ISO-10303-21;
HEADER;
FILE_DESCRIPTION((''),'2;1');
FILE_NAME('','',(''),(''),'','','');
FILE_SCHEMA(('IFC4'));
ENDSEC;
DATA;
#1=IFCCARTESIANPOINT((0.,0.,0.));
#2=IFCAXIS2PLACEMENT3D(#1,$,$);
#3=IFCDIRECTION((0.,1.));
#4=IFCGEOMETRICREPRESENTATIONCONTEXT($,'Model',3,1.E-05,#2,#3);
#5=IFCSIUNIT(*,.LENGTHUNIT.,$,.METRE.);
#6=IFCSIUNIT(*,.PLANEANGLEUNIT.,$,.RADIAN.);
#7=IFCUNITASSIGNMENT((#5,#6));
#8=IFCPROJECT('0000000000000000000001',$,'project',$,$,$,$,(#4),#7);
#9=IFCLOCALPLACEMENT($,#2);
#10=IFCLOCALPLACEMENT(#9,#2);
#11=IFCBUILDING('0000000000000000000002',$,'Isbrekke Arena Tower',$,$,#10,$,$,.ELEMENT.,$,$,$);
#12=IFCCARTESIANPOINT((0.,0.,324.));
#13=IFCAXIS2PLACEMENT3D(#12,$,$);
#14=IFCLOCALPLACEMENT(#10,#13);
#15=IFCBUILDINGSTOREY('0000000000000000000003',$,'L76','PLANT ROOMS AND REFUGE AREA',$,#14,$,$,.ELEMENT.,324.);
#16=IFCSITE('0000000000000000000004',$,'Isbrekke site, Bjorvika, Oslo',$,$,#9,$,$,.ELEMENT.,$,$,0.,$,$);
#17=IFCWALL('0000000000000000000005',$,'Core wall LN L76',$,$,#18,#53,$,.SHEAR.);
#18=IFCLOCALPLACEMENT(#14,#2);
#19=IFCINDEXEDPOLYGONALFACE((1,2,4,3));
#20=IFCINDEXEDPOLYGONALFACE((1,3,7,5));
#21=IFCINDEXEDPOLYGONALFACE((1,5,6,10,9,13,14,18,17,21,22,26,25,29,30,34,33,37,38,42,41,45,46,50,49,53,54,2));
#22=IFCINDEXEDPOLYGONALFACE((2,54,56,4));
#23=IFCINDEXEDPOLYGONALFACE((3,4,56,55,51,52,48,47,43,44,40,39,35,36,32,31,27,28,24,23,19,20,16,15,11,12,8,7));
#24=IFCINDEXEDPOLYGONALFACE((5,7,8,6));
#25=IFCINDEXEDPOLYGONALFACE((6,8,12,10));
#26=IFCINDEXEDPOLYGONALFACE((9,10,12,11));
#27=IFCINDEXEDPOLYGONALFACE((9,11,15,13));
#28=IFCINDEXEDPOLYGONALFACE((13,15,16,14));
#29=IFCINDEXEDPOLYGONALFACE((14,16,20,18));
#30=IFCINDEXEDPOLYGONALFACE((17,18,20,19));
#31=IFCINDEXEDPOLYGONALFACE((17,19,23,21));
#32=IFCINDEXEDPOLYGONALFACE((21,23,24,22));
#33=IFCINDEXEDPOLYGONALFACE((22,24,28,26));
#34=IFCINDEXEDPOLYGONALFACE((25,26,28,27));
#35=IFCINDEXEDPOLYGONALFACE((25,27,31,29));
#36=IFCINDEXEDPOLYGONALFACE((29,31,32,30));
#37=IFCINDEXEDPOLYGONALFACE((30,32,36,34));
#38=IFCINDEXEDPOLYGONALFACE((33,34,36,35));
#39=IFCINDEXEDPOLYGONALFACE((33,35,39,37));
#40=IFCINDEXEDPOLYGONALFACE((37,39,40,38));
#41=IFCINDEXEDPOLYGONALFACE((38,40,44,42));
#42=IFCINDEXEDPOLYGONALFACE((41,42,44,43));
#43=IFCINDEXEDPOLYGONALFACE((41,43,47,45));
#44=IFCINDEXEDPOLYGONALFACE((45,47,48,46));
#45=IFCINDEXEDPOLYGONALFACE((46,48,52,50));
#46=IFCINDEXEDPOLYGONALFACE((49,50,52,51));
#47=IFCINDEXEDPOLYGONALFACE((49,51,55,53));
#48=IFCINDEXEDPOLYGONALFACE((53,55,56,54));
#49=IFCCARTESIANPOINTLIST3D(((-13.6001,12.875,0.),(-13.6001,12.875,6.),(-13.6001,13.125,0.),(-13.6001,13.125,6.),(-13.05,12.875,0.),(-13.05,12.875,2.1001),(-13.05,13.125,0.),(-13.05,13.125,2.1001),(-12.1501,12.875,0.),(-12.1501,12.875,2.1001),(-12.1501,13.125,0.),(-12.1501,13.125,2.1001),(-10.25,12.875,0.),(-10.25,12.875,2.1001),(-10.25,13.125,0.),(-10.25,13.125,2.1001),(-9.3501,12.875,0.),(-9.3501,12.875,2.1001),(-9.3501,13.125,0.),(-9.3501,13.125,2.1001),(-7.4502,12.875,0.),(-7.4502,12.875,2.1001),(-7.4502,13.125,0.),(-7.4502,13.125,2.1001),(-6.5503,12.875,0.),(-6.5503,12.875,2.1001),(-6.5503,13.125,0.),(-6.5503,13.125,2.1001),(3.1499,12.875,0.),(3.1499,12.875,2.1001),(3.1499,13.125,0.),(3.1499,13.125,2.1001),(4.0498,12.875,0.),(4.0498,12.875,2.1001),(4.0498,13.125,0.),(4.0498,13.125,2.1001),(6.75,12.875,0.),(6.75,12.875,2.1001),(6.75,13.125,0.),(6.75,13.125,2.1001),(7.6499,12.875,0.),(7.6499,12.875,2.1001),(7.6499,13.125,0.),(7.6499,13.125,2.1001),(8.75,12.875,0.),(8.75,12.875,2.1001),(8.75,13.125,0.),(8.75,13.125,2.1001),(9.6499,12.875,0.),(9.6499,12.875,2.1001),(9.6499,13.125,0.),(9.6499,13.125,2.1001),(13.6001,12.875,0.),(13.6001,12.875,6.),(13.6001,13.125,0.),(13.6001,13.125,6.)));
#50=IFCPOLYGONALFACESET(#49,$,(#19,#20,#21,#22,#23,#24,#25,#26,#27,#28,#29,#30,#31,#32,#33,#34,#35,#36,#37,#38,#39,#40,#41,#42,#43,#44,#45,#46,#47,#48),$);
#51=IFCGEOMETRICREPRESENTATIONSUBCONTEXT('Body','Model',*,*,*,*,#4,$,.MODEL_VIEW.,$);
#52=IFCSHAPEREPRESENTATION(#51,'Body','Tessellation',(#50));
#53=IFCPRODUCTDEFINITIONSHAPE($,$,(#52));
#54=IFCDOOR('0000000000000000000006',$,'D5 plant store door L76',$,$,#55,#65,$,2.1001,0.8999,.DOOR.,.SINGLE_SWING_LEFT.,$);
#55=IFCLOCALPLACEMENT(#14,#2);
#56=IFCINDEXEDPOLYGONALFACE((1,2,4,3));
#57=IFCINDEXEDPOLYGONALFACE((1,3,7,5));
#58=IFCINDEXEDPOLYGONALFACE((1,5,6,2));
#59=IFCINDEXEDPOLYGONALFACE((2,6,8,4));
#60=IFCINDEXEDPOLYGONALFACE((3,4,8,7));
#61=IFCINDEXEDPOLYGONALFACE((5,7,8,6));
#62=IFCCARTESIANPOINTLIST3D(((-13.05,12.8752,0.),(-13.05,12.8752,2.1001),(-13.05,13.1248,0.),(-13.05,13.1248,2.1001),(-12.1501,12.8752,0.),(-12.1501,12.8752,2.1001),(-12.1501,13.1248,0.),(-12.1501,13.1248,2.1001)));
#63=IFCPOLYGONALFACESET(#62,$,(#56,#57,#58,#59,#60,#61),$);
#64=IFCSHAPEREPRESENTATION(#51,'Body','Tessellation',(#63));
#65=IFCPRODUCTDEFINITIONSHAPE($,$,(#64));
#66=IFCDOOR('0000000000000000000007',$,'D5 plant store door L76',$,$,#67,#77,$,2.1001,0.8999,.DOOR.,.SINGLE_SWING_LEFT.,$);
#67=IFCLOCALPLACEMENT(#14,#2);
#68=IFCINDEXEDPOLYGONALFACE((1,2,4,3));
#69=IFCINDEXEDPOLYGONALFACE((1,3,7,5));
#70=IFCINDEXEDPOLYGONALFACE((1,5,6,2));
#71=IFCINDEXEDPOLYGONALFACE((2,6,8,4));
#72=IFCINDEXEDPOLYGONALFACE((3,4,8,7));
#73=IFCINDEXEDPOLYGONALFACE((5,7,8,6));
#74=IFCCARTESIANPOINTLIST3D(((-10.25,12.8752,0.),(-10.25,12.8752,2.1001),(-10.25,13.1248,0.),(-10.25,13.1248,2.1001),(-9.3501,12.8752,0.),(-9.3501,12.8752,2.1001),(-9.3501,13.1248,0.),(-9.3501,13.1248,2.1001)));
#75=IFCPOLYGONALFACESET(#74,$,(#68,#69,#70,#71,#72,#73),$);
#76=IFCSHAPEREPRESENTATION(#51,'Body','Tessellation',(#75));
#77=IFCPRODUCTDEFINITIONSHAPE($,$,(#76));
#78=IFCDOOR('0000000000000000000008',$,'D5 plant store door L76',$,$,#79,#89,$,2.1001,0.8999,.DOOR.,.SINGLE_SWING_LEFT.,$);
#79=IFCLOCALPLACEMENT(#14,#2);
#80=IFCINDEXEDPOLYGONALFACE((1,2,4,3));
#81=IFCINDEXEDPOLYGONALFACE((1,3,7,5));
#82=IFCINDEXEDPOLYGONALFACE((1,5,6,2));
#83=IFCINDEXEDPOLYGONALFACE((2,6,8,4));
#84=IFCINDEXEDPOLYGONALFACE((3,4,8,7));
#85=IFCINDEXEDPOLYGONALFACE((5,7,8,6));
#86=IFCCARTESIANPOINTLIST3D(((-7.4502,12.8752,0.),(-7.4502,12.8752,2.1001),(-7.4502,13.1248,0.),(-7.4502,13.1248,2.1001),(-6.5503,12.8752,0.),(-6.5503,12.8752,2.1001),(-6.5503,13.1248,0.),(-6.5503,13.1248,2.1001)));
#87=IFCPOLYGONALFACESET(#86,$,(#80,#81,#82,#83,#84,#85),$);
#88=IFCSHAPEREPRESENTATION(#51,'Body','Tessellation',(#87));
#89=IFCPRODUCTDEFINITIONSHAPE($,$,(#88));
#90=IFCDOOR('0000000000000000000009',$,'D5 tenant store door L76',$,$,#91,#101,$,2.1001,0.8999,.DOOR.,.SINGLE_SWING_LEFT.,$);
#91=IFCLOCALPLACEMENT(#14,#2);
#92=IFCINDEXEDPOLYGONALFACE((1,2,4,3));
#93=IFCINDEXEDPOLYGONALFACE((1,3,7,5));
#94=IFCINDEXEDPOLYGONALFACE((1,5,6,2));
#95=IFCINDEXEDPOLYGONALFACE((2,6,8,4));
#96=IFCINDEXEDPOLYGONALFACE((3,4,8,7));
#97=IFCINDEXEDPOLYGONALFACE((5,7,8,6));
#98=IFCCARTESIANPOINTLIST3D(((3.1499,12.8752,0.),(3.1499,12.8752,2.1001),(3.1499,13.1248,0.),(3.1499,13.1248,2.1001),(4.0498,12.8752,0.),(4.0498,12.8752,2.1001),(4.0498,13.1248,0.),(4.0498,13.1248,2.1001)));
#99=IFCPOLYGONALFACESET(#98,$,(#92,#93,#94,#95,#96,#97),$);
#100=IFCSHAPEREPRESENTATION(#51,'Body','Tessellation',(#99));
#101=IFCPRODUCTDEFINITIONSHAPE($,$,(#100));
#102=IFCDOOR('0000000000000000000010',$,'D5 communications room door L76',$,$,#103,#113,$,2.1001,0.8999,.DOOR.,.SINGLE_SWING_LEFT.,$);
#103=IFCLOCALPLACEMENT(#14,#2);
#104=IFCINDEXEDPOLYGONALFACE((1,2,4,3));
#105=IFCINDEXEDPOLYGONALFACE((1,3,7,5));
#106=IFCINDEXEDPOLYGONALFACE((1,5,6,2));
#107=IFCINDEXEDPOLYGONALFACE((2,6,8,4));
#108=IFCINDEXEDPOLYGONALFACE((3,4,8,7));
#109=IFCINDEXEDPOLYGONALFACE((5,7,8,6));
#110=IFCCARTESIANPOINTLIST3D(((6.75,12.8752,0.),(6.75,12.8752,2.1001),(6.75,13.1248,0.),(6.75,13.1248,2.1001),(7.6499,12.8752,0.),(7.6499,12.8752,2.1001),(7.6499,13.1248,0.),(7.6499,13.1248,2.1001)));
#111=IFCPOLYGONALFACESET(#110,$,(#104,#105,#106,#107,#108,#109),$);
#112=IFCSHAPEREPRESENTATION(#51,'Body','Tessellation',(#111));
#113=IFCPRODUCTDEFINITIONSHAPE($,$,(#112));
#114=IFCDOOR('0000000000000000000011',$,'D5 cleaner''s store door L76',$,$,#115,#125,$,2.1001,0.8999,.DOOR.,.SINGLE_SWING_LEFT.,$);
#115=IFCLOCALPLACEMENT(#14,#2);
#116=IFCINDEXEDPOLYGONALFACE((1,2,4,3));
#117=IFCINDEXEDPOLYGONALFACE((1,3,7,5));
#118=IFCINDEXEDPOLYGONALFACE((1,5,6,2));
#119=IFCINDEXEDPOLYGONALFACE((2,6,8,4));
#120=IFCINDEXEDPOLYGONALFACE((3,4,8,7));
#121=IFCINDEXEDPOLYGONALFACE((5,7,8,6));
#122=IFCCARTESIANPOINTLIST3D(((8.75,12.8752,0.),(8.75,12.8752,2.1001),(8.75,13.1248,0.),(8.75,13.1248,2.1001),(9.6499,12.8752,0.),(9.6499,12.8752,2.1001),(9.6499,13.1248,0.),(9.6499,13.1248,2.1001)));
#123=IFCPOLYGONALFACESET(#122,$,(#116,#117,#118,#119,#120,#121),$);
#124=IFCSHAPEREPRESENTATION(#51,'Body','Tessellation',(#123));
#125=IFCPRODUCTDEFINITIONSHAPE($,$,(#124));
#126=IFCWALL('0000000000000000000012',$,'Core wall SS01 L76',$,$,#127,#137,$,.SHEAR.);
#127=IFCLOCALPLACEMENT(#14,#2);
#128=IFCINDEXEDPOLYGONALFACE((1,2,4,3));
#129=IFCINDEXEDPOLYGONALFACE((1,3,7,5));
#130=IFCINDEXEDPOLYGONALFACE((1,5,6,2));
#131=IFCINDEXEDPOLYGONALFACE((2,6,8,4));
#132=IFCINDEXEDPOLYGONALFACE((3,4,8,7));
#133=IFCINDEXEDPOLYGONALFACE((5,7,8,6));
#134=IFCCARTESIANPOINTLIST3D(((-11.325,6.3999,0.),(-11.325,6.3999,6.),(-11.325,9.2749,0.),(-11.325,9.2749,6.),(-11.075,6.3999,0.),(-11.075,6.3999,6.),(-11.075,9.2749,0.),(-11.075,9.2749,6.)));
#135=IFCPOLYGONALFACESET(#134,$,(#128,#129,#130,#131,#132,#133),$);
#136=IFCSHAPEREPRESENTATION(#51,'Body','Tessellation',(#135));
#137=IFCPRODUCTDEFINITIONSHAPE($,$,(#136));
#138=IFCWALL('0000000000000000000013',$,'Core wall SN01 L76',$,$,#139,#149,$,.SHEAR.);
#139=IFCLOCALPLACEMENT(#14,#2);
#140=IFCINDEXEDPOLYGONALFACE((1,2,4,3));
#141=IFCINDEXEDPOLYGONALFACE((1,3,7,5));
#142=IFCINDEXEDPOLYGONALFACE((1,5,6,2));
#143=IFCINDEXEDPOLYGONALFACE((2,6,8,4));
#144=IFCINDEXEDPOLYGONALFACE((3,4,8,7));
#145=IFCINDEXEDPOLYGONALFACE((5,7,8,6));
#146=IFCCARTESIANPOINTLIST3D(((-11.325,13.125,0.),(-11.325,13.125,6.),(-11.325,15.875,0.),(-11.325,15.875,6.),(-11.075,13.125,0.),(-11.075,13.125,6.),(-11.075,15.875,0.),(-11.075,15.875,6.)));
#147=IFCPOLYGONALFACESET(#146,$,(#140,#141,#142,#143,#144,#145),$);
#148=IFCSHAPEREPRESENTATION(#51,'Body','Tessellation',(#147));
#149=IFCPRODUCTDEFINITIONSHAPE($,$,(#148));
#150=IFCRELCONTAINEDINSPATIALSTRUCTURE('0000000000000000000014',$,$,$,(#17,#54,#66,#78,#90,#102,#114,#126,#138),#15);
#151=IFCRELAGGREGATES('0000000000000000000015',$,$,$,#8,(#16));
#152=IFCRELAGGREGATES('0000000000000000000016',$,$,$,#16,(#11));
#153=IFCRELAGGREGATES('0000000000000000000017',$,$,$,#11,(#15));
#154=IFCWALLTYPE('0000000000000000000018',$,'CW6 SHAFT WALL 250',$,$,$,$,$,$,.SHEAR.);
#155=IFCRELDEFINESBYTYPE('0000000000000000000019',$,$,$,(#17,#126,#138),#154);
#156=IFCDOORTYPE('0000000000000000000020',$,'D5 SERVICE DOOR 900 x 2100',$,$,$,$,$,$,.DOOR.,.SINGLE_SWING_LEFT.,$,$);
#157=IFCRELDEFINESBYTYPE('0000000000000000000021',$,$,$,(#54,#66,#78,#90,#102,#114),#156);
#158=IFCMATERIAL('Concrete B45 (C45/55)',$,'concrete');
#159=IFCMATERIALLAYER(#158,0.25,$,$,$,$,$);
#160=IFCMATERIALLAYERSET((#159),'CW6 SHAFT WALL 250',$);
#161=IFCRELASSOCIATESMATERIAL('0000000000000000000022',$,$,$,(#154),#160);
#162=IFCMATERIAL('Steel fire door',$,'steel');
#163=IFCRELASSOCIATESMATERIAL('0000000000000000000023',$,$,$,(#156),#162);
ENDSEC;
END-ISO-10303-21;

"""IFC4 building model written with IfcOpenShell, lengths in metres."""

from ifc_helpers import new_model, si_unit, direction, frame, frame_2d, origin, place, context, subcontext, project, spatial, rectangle, extrude, material, layer, layer_set, type_object, element, fill, save


model = new_model("IFC4")

# Units and contexts
model_context = context("Model", 3, precision=1e-05, world=origin(), true_north=direction((0.0, 1.0)))
body_context = subcontext(model_context, "Body", "Model", "MODEL_VIEW")
ifc_project = project(units=[si_unit("LENGTHUNIT", "METRE"), si_unit("PLANEANGLEUNIT", "RADIAN")], contexts=[model_context])

# Site, building, storey
site_placement = place(None, origin())
site = spatial("IfcSite", under=ifc_project, at=site_placement, Name="Isbrekke site, Bjorvika, Oslo", CompositionType="ELEMENT", RefElevation=0.0)
building_placement = place(site_placement, origin())
building = spatial("IfcBuilding", under=site, at=building_placement, Name="Isbrekke Arena Tower", CompositionType="ELEMENT")
storey_placement = place(building_placement, frame((0.0, 0.0, 324.0)))
storey = spatial("IfcBuildingStorey", under=building, at=storey_placement, Name="L76", Description="PLANT ROOMS AND REFUGE AREA", CompositionType="ELEMENT", Elevation=324.0)

# Wall, openings, doors
ifc_material_1 = material(Name="Concrete B45 (C45/55)", Category="concrete")
ifc_layer_1 = layer(ifc_material_1, 0.25)
ifc_layer_set_1 = layer_set([ifc_layer_1], Name="CW6 SHAFT WALL 250")
wall_type_1 = type_object("IfcWallType", Name="CW6 SHAFT WALL 250", PredefinedType="SHEAR", material=ifc_layer_set_1)
ifc_material_2 = material(Name="Steel fire door", Category="steel")
door_type_1 = type_object("IfcDoorType", Name="D5 SERVICE DOOR 900 x 2100", OperationType="SINGLE_SWING_LEFT", PredefinedType="DOOR", material=ifc_material_2)
wall_1_placement = place(storey_placement, frame((-13.6001, 13.0, 0.0), z_axis=(0.0, 0.0, 1.0), x_axis=(1.0, 0.0, 0.0)))
wall_1 = element("IfcWall", 1, at=wall_1_placement, inside=storey, type_object=wall_type_1, Name="Core wall LN L76", PredefinedType="SHEAR", context=body_context, shape_type="SweptSolid", body=[
    extrude(rectangle(XDim=27.2002, YDim=0.25, at=frame_2d((13.6001, 0.0))), origin(), (0.0, 0.0, 1.0), 6.0),
])
opening_1_placement = place(wall_1_placement, frame((0.55, 0.0, 0.0)))
opening_1 = element("IfcOpeningElement", 2, at=opening_1_placement, cuts=wall_1, PredefinedType="OPENING", context=body_context, shape_type="SweptSolid", body=[
    extrude(rectangle(XDim=0.8999, YDim=2.1001, at=frame_2d((0.45, 1.05))), frame((0.0, 0.1399, 0.0), z_axis=(0.0, -1.0, 0.0), x_axis=(1.0, 0.0, 0.0)), (0.0, 0.0, 1.0), 0.2798),
])
opening_2_placement = place(wall_1_placement, frame((3.3501, 0.0, 0.0)))
opening_2 = element("IfcOpeningElement", 3, at=opening_2_placement, cuts=wall_1, PredefinedType="OPENING", context=body_context, shape_type="SweptSolid", body=[
    extrude(rectangle(XDim=0.8999, YDim=2.1001, at=frame_2d((0.45, 1.05))), frame((0.0, 0.1399, 0.0), z_axis=(0.0, -1.0, 0.0), x_axis=(1.0, 0.0, 0.0)), (0.0, 0.0, 1.0), 0.2798),
])
opening_3_placement = place(wall_1_placement, frame((6.1499, 0.0, 0.0)))
opening_3 = element("IfcOpeningElement", 4, at=opening_3_placement, cuts=wall_1, PredefinedType="OPENING", context=body_context, shape_type="SweptSolid", body=[
    extrude(rectangle(XDim=0.8999, YDim=2.1001, at=frame_2d((0.45, 1.05))), frame((0.0, 0.1399, 0.0), z_axis=(0.0, -1.0, 0.0), x_axis=(1.0, 0.0, 0.0)), (0.0, 0.0, 1.0), 0.2798),
])
opening_4_placement = place(wall_1_placement, frame((16.75, 0.0, 0.0)))
opening_4 = element("IfcOpeningElement", 5, at=opening_4_placement, cuts=wall_1, PredefinedType="OPENING", context=body_context, shape_type="SweptSolid", body=[
    extrude(rectangle(XDim=0.8999, YDim=2.1001, at=frame_2d((0.45, 1.05))), frame((0.0, 0.1399, 0.0), z_axis=(0.0, -1.0, 0.0), x_axis=(1.0, 0.0, 0.0)), (0.0, 0.0, 1.0), 0.2798),
])
opening_5_placement = place(wall_1_placement, frame((20.3501, 0.0, 0.0)))
opening_5 = element("IfcOpeningElement", 6, at=opening_5_placement, cuts=wall_1, PredefinedType="OPENING", context=body_context, shape_type="SweptSolid", body=[
    extrude(rectangle(XDim=0.8999, YDim=2.1001, at=frame_2d((0.45, 1.05))), frame((0.0, 0.1399, 0.0), z_axis=(0.0, -1.0, 0.0), x_axis=(1.0, 0.0, 0.0)), (0.0, 0.0, 1.0), 0.2798),
])
opening_6_placement = place(wall_1_placement, frame((22.3501, 0.0, 0.0)))
opening_6 = element("IfcOpeningElement", 7, at=opening_6_placement, cuts=wall_1, PredefinedType="OPENING", context=body_context, shape_type="SweptSolid", body=[
    extrude(rectangle(XDim=0.8999, YDim=2.1001, at=frame_2d((0.45, 1.05))), frame((0.0, 0.1399, 0.0), z_axis=(0.0, -1.0, 0.0), x_axis=(1.0, 0.0, 0.0)), (0.0, 0.0, 1.0), 0.2798),
])
door_1_placement = place(opening_1_placement, origin())
door_1 = element("IfcDoor", 8, at=door_1_placement, inside=storey, type_object=door_type_1, Name="D5 plant store door L76", OperationType="SINGLE_SWING_LEFT", OverallHeight=2.1001, OverallWidth=0.8999, PredefinedType="DOOR", context=body_context, shape_type="SweptSolid", body=[
    extrude(rectangle(XDim=0.8999, YDim=2.1001, at=frame_2d((0.45, 1.05))), frame((0.0, 0.1248, 0.0), z_axis=(0.0, -1.0, 0.0), x_axis=(1.0, 0.0, 0.0)), (0.0, 0.0, 1.0), 0.2495),
])
fill(opening_1, door_1)
door_2_placement = place(opening_2_placement, origin())
door_2 = element("IfcDoor", 9, at=door_2_placement, inside=storey, type_object=door_type_1, Name="D5 plant store door L76", OperationType="SINGLE_SWING_LEFT", OverallHeight=2.1001, OverallWidth=0.8999, PredefinedType="DOOR", context=body_context, shape_type="SweptSolid", body=[
    extrude(rectangle(XDim=0.8999, YDim=2.1001, at=frame_2d((0.45, 1.05))), frame((0.0, 0.1248, 0.0), z_axis=(0.0, -1.0, 0.0), x_axis=(1.0, 0.0, 0.0)), (0.0, 0.0, 1.0), 0.2495),
])
fill(opening_2, door_2)
door_3_placement = place(opening_3_placement, origin())
door_3 = element("IfcDoor", 10, at=door_3_placement, inside=storey, type_object=door_type_1, Name="D5 plant store door L76", OperationType="SINGLE_SWING_LEFT", OverallHeight=2.1001, OverallWidth=0.8999, PredefinedType="DOOR", context=body_context, shape_type="SweptSolid", body=[
    extrude(rectangle(XDim=0.8999, YDim=2.1001, at=frame_2d((0.45, 1.05))), frame((0.0, 0.1248, 0.0), z_axis=(0.0, -1.0, 0.0), x_axis=(1.0, 0.0, 0.0)), (0.0, 0.0, 1.0), 0.2495),
])
fill(opening_3, door_3)
door_4_placement = place(opening_4_placement, origin())
door_4 = element("IfcDoor", 11, at=door_4_placement, inside=storey, type_object=door_type_1, Name="D5 tenant store door L76", OperationType="SINGLE_SWING_LEFT", OverallHeight=2.1001, OverallWidth=0.8999, PredefinedType="DOOR", context=body_context, shape_type="SweptSolid", body=[
    extrude(rectangle(XDim=0.8999, YDim=2.1001, at=frame_2d((0.45, 1.05))), frame((0.0, 0.1248, 0.0), z_axis=(0.0, -1.0, 0.0), x_axis=(1.0, 0.0, 0.0)), (0.0, 0.0, 1.0), 0.2495),
])
fill(opening_4, door_4)
door_5_placement = place(opening_5_placement, origin())
door_5 = element("IfcDoor", 12, at=door_5_placement, inside=storey, type_object=door_type_1, Name="D5 communications room door L76", OperationType="SINGLE_SWING_LEFT", OverallHeight=2.1001, OverallWidth=0.8999, PredefinedType="DOOR", context=body_context, shape_type="SweptSolid", body=[
    extrude(rectangle(XDim=0.8999, YDim=2.1001, at=frame_2d((0.45, 1.05))), frame((0.0, 0.1248, 0.0), z_axis=(0.0, -1.0, 0.0), x_axis=(1.0, 0.0, 0.0)), (0.0, 0.0, 1.0), 0.2495),
])
fill(opening_5, door_5)
door_6_placement = place(opening_6_placement, origin())
door_6 = element("IfcDoor", 13, at=door_6_placement, inside=storey, type_object=door_type_1, Name="D5 cleaner's store door L76", OperationType="SINGLE_SWING_LEFT", OverallHeight=2.1001, OverallWidth=0.8999, PredefinedType="DOOR", context=body_context, shape_type="SweptSolid", body=[
    extrude(rectangle(XDim=0.8999, YDim=2.1001, at=frame_2d((0.45, 1.05))), frame((0.0, 0.1248, 0.0), z_axis=(0.0, -1.0, 0.0), x_axis=(1.0, 0.0, 0.0)), (0.0, 0.0, 1.0), 0.2495),
])
fill(opening_6, door_6)

# Walls
wall_2_placement = place(storey_placement, frame((-11.2, 6.3999, 0.0), z_axis=(0.0, 0.0, 1.0), x_axis=(0.0, 1.0, 0.0)))
element("IfcWall", 14, at=wall_2_placement, inside=storey, type_object=wall_type_1, Name="Core wall SS01 L76", PredefinedType="SHEAR", context=body_context, shape_type="SweptSolid", body=[
    extrude(rectangle(XDim=2.875, YDim=0.25, at=frame_2d((1.4375, 0.0))), origin(), (0.0, 0.0, 1.0), 6.0),
])
wall_3_placement = place(storey_placement, frame((-11.2, 13.125, 0.0), z_axis=(0.0, 0.0, 1.0), x_axis=(0.0, 1.0, 0.0)))
element("IfcWall", 15, at=wall_3_placement, inside=storey, type_object=wall_type_1, Name="Core wall SN01 L76", PredefinedType="SHEAR", context=body_context, shape_type="SweptSolid", body=[
    extrude(rectangle(XDim=2.75, YDim=0.25, at=frame_2d((1.375, 0.0))), origin(), (0.0, 0.0, 1.0), 6.0),
])

save(model, "model.ifc")
